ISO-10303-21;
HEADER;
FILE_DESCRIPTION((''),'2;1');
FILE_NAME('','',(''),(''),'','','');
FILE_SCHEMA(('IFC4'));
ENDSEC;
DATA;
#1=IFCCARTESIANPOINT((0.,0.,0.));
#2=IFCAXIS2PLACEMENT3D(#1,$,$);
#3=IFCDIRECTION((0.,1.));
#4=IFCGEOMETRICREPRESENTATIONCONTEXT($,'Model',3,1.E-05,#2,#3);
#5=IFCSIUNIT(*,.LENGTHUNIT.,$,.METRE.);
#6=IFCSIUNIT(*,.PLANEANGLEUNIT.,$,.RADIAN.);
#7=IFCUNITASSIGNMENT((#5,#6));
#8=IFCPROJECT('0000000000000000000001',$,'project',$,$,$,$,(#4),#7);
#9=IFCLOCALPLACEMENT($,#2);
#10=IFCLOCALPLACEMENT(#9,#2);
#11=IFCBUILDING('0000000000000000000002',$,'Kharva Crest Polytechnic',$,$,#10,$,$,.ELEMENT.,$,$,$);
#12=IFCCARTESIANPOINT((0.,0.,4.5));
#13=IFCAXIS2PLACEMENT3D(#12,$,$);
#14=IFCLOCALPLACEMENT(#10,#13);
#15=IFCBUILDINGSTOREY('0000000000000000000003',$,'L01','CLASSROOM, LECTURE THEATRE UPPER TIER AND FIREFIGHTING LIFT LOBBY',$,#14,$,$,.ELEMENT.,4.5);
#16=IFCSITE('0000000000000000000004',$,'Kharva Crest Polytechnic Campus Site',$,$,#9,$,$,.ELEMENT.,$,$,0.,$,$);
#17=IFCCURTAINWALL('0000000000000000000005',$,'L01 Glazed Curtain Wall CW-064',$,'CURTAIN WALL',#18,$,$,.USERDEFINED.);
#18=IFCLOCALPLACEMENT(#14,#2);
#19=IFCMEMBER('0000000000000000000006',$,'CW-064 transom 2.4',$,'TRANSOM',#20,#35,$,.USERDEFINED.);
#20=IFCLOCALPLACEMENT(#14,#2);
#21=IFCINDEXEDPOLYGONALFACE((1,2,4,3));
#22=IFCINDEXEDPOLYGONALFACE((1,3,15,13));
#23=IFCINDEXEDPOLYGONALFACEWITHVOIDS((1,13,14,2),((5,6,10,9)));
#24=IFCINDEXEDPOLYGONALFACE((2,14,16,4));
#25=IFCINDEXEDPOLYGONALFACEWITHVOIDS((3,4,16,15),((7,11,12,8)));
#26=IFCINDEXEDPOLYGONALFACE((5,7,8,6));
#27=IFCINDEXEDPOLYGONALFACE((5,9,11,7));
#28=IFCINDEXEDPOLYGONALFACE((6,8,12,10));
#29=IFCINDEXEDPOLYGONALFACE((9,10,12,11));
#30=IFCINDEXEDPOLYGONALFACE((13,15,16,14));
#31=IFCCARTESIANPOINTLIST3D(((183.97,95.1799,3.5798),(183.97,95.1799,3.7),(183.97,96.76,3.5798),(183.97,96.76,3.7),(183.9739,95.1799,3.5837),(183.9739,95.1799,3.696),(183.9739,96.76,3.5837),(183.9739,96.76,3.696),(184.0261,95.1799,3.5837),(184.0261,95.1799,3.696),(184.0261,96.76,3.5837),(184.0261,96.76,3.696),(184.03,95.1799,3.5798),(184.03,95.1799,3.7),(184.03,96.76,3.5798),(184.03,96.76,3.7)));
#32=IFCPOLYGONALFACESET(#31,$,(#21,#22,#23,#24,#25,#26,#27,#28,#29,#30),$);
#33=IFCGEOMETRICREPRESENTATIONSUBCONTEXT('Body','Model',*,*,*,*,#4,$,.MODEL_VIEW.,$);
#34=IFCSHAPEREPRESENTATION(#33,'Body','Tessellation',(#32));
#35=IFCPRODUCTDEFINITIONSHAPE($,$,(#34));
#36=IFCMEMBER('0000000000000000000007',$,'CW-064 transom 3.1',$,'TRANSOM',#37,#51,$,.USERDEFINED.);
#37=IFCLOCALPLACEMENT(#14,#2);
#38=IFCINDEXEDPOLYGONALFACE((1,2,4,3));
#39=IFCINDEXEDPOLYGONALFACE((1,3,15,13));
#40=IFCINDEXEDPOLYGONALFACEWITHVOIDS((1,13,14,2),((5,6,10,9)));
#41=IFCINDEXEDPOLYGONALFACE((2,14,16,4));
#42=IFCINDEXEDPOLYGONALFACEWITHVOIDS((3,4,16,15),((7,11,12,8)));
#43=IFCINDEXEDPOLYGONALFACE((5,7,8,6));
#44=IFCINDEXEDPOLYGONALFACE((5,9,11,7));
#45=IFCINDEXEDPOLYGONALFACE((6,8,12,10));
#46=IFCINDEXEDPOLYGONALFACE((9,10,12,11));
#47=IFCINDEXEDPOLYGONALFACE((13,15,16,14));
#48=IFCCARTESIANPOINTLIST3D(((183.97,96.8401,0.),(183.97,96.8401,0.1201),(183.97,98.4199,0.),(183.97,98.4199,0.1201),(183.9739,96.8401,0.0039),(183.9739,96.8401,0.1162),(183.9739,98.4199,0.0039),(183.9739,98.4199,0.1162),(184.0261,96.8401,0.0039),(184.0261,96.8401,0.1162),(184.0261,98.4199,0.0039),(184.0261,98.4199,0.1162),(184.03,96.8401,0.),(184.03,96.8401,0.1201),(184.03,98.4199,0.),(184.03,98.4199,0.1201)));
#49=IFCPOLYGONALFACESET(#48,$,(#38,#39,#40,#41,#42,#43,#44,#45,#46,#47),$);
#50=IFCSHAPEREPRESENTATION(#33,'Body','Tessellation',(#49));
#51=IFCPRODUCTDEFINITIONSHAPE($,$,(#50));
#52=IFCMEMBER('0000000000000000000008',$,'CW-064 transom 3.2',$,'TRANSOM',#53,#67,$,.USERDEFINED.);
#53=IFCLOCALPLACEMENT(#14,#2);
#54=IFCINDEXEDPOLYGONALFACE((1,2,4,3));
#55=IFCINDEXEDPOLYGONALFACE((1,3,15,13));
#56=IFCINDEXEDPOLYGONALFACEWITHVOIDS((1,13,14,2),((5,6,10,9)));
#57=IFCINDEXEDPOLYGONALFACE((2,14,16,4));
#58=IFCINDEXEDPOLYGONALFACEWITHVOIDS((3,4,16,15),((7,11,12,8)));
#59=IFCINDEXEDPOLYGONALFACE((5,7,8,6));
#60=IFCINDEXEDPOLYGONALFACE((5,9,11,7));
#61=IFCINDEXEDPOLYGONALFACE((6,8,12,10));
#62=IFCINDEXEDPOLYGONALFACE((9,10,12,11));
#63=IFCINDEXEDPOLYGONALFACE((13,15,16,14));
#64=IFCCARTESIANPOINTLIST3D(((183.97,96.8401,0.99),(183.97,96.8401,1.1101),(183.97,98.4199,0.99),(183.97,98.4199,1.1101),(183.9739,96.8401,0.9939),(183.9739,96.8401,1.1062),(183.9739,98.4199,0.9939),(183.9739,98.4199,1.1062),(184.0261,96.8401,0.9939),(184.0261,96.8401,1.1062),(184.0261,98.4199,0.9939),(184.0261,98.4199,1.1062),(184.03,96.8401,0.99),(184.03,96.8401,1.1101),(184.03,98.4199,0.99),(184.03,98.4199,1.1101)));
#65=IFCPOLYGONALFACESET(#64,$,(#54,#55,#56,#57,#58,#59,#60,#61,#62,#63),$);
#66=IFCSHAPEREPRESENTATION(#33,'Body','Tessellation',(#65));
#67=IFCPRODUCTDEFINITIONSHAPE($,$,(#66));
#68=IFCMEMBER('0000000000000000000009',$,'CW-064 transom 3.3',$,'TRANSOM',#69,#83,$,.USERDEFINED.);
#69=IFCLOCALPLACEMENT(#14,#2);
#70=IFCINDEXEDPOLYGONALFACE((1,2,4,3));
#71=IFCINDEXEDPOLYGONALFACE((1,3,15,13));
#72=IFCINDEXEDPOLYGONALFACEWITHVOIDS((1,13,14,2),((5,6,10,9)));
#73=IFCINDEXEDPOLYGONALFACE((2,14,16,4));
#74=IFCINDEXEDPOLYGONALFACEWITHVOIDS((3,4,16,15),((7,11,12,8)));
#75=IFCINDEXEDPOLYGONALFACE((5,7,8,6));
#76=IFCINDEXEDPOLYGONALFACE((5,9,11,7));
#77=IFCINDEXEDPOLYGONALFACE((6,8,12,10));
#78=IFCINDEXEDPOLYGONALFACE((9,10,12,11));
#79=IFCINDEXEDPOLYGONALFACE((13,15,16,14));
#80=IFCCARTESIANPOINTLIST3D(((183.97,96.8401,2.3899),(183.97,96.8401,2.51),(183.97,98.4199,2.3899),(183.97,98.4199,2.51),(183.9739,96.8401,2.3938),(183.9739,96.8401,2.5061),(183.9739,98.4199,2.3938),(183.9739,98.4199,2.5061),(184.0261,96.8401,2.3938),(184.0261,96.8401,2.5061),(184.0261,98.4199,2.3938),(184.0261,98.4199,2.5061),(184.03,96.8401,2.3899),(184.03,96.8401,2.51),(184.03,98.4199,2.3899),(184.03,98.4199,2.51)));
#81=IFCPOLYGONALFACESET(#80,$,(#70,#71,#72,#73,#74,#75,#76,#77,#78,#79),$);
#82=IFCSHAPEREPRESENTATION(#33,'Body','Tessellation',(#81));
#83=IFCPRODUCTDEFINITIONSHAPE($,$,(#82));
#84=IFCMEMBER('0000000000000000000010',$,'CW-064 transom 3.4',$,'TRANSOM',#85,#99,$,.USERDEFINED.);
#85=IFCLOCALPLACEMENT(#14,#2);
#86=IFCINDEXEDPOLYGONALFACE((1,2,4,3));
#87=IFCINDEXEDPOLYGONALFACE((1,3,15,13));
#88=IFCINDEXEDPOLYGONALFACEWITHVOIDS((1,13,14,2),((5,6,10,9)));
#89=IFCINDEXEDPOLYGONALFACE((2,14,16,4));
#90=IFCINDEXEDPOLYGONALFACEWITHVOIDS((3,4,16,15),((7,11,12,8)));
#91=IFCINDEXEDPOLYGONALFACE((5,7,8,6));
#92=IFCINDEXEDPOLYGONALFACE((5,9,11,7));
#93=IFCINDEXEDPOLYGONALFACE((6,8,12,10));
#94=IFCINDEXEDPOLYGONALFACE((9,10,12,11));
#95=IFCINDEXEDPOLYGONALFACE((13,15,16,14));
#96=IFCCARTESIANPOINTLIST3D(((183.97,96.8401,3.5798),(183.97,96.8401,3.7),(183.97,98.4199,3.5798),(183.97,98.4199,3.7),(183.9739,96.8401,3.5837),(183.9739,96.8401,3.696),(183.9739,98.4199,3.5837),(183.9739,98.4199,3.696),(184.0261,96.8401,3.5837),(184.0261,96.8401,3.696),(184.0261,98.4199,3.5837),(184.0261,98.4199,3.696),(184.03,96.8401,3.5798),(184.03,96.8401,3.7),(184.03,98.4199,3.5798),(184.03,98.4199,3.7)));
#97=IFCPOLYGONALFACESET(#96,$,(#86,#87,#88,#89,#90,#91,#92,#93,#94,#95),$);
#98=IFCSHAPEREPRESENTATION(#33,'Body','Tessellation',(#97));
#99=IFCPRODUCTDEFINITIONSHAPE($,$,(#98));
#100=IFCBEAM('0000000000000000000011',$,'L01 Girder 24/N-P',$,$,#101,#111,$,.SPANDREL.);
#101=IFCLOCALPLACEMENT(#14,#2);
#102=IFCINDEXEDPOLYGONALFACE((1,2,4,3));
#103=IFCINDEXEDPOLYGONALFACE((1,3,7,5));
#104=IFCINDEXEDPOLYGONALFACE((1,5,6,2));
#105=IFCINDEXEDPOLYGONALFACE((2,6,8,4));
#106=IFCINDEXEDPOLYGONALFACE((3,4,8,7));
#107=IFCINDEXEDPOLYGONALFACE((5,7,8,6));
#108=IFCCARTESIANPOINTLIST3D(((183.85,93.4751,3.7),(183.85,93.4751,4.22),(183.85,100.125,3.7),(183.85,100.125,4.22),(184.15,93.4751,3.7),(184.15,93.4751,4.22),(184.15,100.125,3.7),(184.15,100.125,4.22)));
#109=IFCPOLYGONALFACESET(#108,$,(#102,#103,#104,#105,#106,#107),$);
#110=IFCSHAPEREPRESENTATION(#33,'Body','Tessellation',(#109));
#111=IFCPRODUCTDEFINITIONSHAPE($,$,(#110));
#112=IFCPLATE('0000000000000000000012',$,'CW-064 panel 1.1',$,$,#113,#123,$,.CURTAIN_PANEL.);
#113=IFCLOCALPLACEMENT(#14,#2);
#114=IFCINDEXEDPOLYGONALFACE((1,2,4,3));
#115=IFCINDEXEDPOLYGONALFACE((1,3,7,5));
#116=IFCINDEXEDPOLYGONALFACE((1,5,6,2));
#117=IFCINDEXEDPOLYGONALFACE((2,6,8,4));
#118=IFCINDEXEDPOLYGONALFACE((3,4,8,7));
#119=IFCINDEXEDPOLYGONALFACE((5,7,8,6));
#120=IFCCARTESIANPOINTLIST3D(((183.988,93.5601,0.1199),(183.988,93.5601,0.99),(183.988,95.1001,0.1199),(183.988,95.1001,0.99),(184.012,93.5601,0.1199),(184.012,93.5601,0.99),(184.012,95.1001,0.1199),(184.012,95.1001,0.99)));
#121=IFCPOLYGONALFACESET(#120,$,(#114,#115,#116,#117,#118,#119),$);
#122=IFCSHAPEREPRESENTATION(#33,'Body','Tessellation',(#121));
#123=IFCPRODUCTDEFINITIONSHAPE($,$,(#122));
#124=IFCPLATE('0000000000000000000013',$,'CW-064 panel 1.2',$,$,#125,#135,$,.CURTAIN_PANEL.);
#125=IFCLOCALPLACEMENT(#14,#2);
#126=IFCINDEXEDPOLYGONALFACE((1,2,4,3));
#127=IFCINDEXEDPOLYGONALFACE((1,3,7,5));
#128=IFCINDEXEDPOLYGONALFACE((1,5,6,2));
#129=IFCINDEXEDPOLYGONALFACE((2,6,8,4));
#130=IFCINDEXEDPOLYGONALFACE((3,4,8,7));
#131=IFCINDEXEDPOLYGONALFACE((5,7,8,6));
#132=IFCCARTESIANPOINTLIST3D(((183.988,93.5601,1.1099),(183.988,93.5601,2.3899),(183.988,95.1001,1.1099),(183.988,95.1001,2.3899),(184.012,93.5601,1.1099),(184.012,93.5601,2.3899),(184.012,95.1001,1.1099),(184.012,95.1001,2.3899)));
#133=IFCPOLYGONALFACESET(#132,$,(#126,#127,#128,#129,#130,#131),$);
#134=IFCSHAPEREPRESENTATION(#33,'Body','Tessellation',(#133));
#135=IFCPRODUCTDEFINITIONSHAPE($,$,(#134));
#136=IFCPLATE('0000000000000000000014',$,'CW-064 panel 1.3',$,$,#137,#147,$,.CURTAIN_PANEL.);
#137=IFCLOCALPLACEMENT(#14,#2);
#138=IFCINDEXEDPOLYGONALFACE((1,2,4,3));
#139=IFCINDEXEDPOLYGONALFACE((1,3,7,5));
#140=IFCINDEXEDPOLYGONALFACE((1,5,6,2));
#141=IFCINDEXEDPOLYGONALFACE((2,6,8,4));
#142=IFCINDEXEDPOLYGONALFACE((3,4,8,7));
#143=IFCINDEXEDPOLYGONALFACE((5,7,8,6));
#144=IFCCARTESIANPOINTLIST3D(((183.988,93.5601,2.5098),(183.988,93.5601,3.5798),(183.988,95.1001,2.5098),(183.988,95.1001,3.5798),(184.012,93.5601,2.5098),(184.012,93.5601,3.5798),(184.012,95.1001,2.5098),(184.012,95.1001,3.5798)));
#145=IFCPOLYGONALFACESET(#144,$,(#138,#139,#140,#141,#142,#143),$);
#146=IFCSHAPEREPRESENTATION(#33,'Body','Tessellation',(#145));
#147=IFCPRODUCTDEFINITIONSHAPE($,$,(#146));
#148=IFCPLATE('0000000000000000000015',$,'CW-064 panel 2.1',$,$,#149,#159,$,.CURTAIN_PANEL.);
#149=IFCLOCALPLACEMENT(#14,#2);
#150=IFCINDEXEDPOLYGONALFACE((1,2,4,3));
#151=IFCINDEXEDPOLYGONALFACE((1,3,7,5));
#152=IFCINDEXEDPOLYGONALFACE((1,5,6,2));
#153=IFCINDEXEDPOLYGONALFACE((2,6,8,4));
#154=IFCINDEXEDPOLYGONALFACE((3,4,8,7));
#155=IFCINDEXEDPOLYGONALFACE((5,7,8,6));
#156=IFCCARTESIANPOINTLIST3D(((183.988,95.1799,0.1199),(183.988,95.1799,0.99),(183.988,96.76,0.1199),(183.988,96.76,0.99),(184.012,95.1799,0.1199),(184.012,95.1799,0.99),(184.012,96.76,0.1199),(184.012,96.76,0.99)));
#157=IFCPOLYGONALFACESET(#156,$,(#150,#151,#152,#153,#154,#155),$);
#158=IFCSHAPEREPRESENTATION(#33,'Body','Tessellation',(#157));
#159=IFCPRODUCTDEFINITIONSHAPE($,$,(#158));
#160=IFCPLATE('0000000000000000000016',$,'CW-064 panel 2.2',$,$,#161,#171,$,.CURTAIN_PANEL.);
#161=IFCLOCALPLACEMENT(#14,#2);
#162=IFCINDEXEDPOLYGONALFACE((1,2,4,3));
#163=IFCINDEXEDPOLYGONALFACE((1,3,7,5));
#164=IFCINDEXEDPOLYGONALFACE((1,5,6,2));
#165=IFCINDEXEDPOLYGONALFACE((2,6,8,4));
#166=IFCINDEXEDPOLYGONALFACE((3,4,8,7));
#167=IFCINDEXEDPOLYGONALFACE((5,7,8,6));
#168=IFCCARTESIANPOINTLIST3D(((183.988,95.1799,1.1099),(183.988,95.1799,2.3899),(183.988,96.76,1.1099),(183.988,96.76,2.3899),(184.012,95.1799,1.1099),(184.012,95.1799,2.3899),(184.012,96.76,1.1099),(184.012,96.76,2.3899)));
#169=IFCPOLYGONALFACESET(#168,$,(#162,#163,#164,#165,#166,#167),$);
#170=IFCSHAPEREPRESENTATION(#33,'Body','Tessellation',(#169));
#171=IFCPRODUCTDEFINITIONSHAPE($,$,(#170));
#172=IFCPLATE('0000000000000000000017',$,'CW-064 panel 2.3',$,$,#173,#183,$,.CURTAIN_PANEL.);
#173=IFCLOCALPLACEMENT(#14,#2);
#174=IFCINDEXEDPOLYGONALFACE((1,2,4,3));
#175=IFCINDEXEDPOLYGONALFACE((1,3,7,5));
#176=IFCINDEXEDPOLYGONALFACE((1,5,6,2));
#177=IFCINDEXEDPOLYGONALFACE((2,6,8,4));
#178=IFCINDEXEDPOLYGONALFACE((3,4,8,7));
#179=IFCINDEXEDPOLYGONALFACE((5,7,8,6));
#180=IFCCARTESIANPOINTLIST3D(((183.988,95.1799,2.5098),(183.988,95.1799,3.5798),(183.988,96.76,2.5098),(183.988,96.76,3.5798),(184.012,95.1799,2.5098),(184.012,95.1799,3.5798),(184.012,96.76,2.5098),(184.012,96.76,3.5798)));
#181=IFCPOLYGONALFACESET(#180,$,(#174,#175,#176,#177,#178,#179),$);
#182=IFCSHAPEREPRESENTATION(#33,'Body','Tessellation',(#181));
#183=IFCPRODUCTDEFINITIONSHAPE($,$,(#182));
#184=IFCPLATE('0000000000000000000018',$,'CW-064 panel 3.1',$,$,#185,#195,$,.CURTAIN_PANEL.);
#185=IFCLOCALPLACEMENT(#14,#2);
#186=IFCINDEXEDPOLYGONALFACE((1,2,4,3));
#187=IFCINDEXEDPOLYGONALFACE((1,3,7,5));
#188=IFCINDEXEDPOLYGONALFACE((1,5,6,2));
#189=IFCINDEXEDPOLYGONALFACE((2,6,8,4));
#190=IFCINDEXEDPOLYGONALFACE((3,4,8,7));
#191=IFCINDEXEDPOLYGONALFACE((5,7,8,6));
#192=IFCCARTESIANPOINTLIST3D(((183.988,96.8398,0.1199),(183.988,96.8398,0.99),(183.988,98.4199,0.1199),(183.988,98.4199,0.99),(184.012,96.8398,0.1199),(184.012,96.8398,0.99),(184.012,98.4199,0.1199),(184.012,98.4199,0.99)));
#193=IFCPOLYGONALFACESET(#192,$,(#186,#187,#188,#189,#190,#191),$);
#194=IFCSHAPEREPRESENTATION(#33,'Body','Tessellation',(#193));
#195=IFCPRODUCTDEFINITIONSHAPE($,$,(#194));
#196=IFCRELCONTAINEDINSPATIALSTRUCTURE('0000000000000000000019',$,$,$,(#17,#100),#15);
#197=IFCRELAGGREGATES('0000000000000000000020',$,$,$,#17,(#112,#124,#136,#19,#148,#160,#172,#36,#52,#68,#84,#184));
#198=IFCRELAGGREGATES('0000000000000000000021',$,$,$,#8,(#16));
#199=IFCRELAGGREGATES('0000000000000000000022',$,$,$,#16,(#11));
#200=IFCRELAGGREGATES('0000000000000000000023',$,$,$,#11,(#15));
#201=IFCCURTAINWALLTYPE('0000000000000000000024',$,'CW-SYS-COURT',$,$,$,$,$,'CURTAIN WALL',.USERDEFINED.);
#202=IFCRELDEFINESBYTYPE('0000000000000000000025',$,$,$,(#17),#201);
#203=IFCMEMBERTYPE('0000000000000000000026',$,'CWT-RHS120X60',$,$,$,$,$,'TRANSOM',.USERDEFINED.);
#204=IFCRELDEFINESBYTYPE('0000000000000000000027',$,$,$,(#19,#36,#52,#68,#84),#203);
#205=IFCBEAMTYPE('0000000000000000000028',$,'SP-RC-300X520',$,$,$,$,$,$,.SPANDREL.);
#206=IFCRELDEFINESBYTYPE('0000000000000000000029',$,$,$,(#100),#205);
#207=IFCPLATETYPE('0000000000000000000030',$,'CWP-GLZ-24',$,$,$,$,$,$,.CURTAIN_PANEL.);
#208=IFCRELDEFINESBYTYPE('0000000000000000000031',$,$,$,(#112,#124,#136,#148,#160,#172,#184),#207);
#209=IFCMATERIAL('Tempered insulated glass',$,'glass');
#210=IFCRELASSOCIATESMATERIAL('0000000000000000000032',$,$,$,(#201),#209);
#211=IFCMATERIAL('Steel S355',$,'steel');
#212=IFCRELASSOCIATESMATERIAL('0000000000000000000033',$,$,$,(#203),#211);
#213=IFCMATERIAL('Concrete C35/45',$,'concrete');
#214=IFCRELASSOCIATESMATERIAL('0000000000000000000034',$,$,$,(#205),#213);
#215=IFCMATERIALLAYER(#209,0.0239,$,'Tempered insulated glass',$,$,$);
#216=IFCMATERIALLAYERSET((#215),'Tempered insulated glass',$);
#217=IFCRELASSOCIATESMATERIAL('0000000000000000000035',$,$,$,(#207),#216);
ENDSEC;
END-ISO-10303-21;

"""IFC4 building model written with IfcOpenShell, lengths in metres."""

from ifc_helpers import new_model, si_unit, direction, frame, origin, origin_2d, place, context, subcontext, project, spatial, rectangle, hollow_rectangle, extrude, material, layer, layer_set, material_profile, profile_set, type_object, element, aggregate, save


model = new_model("IFC4")

# Units and contexts
model_context = context("Model", 3, precision=1e-05, world=origin(), true_north=direction((0.0, 1.0)))
body_context = subcontext(model_context, "Body", "Model", "MODEL_VIEW")
ifc_project = project(units=[si_unit("LENGTHUNIT", "METRE"), si_unit("PLANEANGLEUNIT", "RADIAN")], contexts=[model_context])

# Site, building, storey
site_placement = place(None, origin())
site = spatial("IfcSite", under=ifc_project, at=site_placement, Name="Kharva Crest Polytechnic Campus Site", CompositionType="ELEMENT", RefElevation=0.0)
building_placement = place(site_placement, origin())
building = spatial("IfcBuilding", under=site, at=building_placement, Name="Kharva Crest Polytechnic", CompositionType="ELEMENT")
storey_placement = place(building_placement, frame((0.0, 0.0, 4.5)))
storey = spatial("IfcBuildingStorey", under=building, at=storey_placement, Name="L01", Description="CLASSROOM, LECTURE THEATRE UPPER TIER AND FIREFIGHTING LIFT LOBBY", CompositionType="ELEMENT", Elevation=4.5)

# Curtain wall, members
ifc_material_1 = material(Name="Tempered insulated glass", Category="glass")
curtain_wall_type = type_object("IfcCurtainWallType", Name="CW-SYS-COURT", ElementType="CURTAIN WALL", PredefinedType="USERDEFINED", material=ifc_material_1)
curtain_wall_placement = place(storey_placement, origin())
curtain_wall = element("IfcCurtainWall", 1, at=curtain_wall_placement, inside=storey, type_object=curtain_wall_type, Name="L01 Glazed Curtain Wall CW-064", ObjectType="CURTAIN WALL", PredefinedType="USERDEFINED")
ifc_material_2 = material(Name="Steel S355", Category="steel")
ifc_material_profile_1 = material_profile(ifc_material_2, hollow_rectangle(XDim=0.0601, YDim=0.1201, WallThickness=0.0039, at=origin_2d()), Name="RHS 120X60X4.0")
ifc_profile_set_1 = profile_set([ifc_material_profile_1], Name="Steel S355")
member_type_1 = type_object("IfcMemberType", Name="CWT-RHS120X60", ElementType="TRANSOM", PredefinedType="USERDEFINED", material=ifc_profile_set_1)
member_1_placement = place(storey_placement, frame((184.0, 95.1799, 3.6399), z_axis=(0.0, 1.0, 0.0), x_axis=(-1.0, 0.0, 0.0)))
member_1 = element("IfcMember", 2, at=member_1_placement, type_object=member_type_1, Name="CW-064 transom 2.4", ObjectType="TRANSOM", PredefinedType="USERDEFINED", context=body_context, shape_type="SweptSolid", body=[
    extrude(hollow_rectangle(XDim=0.0601, YDim=0.1201, WallThickness=0.0039, at=origin_2d()), origin(), (0.0, 0.0, 1.0), 1.5801),
])
member_2_placement = place(storey_placement, frame((184.0, 96.8401, 0.0601), z_axis=(0.0, 1.0, 0.0), x_axis=(-1.0, 0.0, 0.0)))
member_2 = element("IfcMember", 3, at=member_2_placement, type_object=member_type_1, Name="CW-064 transom 3.1", ObjectType="TRANSOM", PredefinedType="USERDEFINED", context=body_context, shape_type="SweptSolid", body=[
    extrude(hollow_rectangle(XDim=0.0601, YDim=0.1201, WallThickness=0.0039, at=origin_2d()), origin(), (0.0, 0.0, 1.0), 1.5798),
])
member_3_placement = place(storey_placement, frame((184.0, 96.8401, 1.05), z_axis=(0.0, 1.0, 0.0), x_axis=(-1.0, 0.0, 0.0)))
member_3 = element("IfcMember", 4, at=member_3_placement, type_object=member_type_1, Name="CW-064 transom 3.2", ObjectType="TRANSOM", PredefinedType="USERDEFINED", context=body_context, shape_type="SweptSolid", body=[
    extrude(hollow_rectangle(XDim=0.0601, YDim=0.1201, WallThickness=0.0039, at=origin_2d()), origin(), (0.0, 0.0, 1.0), 1.5798),
])
member_4_placement = place(storey_placement, frame((184.0, 96.8401, 2.45), z_axis=(0.0, 1.0, 0.0), x_axis=(-1.0, 0.0, 0.0)))
member_4 = element("IfcMember", 5, at=member_4_placement, type_object=member_type_1, Name="CW-064 transom 3.3", ObjectType="TRANSOM", PredefinedType="USERDEFINED", context=body_context, shape_type="SweptSolid", body=[
    extrude(hollow_rectangle(XDim=0.0601, YDim=0.1201, WallThickness=0.0039, at=origin_2d()), origin(), (0.0, 0.0, 1.0), 1.5798),
])
member_5_placement = place(storey_placement, frame((184.0, 96.8401, 3.6399), z_axis=(0.0, 1.0, 0.0), x_axis=(-1.0, 0.0, 0.0)))
member_5 = element("IfcMember", 6, at=member_5_placement, type_object=member_type_1, Name="CW-064 transom 3.4", ObjectType="TRANSOM", PredefinedType="USERDEFINED", context=body_context, shape_type="SweptSolid", body=[
    extrude(hollow_rectangle(XDim=0.0601, YDim=0.1201, WallThickness=0.0039, at=origin_2d()), origin(), (0.0, 0.0, 1.0), 1.5798),
])

# Beam
ifc_material_3 = material(Name="Concrete C35/45", Category="concrete")
ifc_material_profile_2 = material_profile(ifc_material_3, rectangle(XDim=0.3, YDim=0.52, at=origin_2d()), Name="RECT 300 X 520")
ifc_profile_set_2 = profile_set([ifc_material_profile_2], Name="Concrete C35/45")
beam_type = type_object("IfcBeamType", Name="SP-RC-300X520", PredefinedType="SPANDREL", material=ifc_profile_set_2)
beam_placement = place(storey_placement, frame((184.0, 93.4751, 3.96), z_axis=(0.0, 1.0, 0.0), x_axis=(-1.0, 0.0, 0.0)))
element("IfcBeam", 7, at=beam_placement, inside=storey, type_object=beam_type, Name="L01 Girder 24/N-P", PredefinedType="SPANDREL", context=body_context, shape_type="SweptSolid", body=[
    extrude(rectangle(XDim=0.3, YDim=0.52, at=origin_2d()), origin(), (0.0, 0.0, 1.0), 6.6499),
])

# Plates
ifc_layer = layer(ifc_material_1, 0.0239, Name="Tempered insulated glass")
ifc_layer_set = layer_set([ifc_layer], Name="Tempered insulated glass")
plate_type = type_object("IfcPlateType", Name="CWP-GLZ-24", PredefinedType="CURTAIN_PANEL", material=ifc_layer_set)
plate_1_placement = place(storey_placement, frame((184.0, 94.3301, 0.1199), z_axis=(0.0, 0.0, 1.0), x_axis=(0.0, 1.0, 0.0)))
plate_1 = element("IfcPlate", 8, at=plate_1_placement, type_object=plate_type, Name="CW-064 panel 1.1", PredefinedType="CURTAIN_PANEL", context=body_context, shape_type="SweptSolid", body=[
    extrude(rectangle(XDim=1.54, YDim=0.0239, at=origin_2d()), origin(), (0.0, 0.0, 1.0), 0.8701),
])
plate_2_placement = place(storey_placement, frame((184.0, 94.3301, 1.1099), z_axis=(0.0, 0.0, 1.0), x_axis=(0.0, 1.0, 0.0)))
plate_2 = element("IfcPlate", 9, at=plate_2_placement, type_object=plate_type, Name="CW-064 panel 1.2", PredefinedType="CURTAIN_PANEL", context=body_context, shape_type="SweptSolid", body=[
    extrude(rectangle(XDim=1.54, YDim=0.0239, at=origin_2d()), origin(), (0.0, 0.0, 1.0), 1.28),
])
plate_3_placement = place(storey_placement, frame((184.0, 94.3301, 2.5098), z_axis=(0.0, 0.0, 1.0), x_axis=(0.0, 1.0, 0.0)))
plate_3 = element("IfcPlate", 10, at=plate_3_placement, type_object=plate_type, Name="CW-064 panel 1.3", PredefinedType="CURTAIN_PANEL", context=body_context, shape_type="SweptSolid", body=[
    extrude(rectangle(XDim=1.54, YDim=0.0239, at=origin_2d()), origin(), (0.0, 0.0, 1.0), 1.0701),
])
plate_4_placement = place(storey_placement, frame((184.0, 95.97, 0.1199), z_axis=(0.0, 0.0, 1.0), x_axis=(0.0, 1.0, 0.0)))
plate_4 = element("IfcPlate", 11, at=plate_4_placement, type_object=plate_type, Name="CW-064 panel 2.1", PredefinedType="CURTAIN_PANEL", context=body_context, shape_type="SweptSolid", body=[
    extrude(rectangle(XDim=1.5801, YDim=0.0239, at=origin_2d()), origin(), (0.0, 0.0, 1.0), 0.8701),
])
plate_5_placement = place(storey_placement, frame((184.0, 95.97, 1.1099), z_axis=(0.0, 0.0, 1.0), x_axis=(0.0, 1.0, 0.0)))
plate_5 = element("IfcPlate", 12, at=plate_5_placement, type_object=plate_type, Name="CW-064 panel 2.2", PredefinedType="CURTAIN_PANEL", context=body_context, shape_type="SweptSolid", body=[
    extrude(rectangle(XDim=1.5801, YDim=0.0239, at=origin_2d()), origin(), (0.0, 0.0, 1.0), 1.28),
])
plate_6_placement = place(storey_placement, frame((184.0, 95.97, 2.5098), z_axis=(0.0, 0.0, 1.0), x_axis=(0.0, 1.0, 0.0)))
plate_6 = element("IfcPlate", 13, at=plate_6_placement, type_object=plate_type, Name="CW-064 panel 2.3", PredefinedType="CURTAIN_PANEL", context=body_context, shape_type="SweptSolid", body=[
    extrude(rectangle(XDim=1.5801, YDim=0.0239, at=origin_2d()), origin(), (0.0, 0.0, 1.0), 1.0701),
])
plate_7_placement = place(storey_placement, frame((184.0, 97.6299, 0.1199), z_axis=(0.0, 0.0, 1.0), x_axis=(0.0, 1.0, 0.0)))
plate_7 = element("IfcPlate", 14, at=plate_7_placement, type_object=plate_type, Name="CW-064 panel 3.1", PredefinedType="CURTAIN_PANEL", context=body_context, shape_type="SweptSolid", body=[
    extrude(rectangle(XDim=1.5801, YDim=0.0239, at=origin_2d()), origin(), (0.0, 0.0, 1.0), 0.8701),
])
aggregate(curtain_wall, [plate_1, plate_2, plate_3, member_1, plate_4, plate_5, plate_6, member_2, member_3, member_4, member_5, plate_7])

save(model, "model.ifc")
